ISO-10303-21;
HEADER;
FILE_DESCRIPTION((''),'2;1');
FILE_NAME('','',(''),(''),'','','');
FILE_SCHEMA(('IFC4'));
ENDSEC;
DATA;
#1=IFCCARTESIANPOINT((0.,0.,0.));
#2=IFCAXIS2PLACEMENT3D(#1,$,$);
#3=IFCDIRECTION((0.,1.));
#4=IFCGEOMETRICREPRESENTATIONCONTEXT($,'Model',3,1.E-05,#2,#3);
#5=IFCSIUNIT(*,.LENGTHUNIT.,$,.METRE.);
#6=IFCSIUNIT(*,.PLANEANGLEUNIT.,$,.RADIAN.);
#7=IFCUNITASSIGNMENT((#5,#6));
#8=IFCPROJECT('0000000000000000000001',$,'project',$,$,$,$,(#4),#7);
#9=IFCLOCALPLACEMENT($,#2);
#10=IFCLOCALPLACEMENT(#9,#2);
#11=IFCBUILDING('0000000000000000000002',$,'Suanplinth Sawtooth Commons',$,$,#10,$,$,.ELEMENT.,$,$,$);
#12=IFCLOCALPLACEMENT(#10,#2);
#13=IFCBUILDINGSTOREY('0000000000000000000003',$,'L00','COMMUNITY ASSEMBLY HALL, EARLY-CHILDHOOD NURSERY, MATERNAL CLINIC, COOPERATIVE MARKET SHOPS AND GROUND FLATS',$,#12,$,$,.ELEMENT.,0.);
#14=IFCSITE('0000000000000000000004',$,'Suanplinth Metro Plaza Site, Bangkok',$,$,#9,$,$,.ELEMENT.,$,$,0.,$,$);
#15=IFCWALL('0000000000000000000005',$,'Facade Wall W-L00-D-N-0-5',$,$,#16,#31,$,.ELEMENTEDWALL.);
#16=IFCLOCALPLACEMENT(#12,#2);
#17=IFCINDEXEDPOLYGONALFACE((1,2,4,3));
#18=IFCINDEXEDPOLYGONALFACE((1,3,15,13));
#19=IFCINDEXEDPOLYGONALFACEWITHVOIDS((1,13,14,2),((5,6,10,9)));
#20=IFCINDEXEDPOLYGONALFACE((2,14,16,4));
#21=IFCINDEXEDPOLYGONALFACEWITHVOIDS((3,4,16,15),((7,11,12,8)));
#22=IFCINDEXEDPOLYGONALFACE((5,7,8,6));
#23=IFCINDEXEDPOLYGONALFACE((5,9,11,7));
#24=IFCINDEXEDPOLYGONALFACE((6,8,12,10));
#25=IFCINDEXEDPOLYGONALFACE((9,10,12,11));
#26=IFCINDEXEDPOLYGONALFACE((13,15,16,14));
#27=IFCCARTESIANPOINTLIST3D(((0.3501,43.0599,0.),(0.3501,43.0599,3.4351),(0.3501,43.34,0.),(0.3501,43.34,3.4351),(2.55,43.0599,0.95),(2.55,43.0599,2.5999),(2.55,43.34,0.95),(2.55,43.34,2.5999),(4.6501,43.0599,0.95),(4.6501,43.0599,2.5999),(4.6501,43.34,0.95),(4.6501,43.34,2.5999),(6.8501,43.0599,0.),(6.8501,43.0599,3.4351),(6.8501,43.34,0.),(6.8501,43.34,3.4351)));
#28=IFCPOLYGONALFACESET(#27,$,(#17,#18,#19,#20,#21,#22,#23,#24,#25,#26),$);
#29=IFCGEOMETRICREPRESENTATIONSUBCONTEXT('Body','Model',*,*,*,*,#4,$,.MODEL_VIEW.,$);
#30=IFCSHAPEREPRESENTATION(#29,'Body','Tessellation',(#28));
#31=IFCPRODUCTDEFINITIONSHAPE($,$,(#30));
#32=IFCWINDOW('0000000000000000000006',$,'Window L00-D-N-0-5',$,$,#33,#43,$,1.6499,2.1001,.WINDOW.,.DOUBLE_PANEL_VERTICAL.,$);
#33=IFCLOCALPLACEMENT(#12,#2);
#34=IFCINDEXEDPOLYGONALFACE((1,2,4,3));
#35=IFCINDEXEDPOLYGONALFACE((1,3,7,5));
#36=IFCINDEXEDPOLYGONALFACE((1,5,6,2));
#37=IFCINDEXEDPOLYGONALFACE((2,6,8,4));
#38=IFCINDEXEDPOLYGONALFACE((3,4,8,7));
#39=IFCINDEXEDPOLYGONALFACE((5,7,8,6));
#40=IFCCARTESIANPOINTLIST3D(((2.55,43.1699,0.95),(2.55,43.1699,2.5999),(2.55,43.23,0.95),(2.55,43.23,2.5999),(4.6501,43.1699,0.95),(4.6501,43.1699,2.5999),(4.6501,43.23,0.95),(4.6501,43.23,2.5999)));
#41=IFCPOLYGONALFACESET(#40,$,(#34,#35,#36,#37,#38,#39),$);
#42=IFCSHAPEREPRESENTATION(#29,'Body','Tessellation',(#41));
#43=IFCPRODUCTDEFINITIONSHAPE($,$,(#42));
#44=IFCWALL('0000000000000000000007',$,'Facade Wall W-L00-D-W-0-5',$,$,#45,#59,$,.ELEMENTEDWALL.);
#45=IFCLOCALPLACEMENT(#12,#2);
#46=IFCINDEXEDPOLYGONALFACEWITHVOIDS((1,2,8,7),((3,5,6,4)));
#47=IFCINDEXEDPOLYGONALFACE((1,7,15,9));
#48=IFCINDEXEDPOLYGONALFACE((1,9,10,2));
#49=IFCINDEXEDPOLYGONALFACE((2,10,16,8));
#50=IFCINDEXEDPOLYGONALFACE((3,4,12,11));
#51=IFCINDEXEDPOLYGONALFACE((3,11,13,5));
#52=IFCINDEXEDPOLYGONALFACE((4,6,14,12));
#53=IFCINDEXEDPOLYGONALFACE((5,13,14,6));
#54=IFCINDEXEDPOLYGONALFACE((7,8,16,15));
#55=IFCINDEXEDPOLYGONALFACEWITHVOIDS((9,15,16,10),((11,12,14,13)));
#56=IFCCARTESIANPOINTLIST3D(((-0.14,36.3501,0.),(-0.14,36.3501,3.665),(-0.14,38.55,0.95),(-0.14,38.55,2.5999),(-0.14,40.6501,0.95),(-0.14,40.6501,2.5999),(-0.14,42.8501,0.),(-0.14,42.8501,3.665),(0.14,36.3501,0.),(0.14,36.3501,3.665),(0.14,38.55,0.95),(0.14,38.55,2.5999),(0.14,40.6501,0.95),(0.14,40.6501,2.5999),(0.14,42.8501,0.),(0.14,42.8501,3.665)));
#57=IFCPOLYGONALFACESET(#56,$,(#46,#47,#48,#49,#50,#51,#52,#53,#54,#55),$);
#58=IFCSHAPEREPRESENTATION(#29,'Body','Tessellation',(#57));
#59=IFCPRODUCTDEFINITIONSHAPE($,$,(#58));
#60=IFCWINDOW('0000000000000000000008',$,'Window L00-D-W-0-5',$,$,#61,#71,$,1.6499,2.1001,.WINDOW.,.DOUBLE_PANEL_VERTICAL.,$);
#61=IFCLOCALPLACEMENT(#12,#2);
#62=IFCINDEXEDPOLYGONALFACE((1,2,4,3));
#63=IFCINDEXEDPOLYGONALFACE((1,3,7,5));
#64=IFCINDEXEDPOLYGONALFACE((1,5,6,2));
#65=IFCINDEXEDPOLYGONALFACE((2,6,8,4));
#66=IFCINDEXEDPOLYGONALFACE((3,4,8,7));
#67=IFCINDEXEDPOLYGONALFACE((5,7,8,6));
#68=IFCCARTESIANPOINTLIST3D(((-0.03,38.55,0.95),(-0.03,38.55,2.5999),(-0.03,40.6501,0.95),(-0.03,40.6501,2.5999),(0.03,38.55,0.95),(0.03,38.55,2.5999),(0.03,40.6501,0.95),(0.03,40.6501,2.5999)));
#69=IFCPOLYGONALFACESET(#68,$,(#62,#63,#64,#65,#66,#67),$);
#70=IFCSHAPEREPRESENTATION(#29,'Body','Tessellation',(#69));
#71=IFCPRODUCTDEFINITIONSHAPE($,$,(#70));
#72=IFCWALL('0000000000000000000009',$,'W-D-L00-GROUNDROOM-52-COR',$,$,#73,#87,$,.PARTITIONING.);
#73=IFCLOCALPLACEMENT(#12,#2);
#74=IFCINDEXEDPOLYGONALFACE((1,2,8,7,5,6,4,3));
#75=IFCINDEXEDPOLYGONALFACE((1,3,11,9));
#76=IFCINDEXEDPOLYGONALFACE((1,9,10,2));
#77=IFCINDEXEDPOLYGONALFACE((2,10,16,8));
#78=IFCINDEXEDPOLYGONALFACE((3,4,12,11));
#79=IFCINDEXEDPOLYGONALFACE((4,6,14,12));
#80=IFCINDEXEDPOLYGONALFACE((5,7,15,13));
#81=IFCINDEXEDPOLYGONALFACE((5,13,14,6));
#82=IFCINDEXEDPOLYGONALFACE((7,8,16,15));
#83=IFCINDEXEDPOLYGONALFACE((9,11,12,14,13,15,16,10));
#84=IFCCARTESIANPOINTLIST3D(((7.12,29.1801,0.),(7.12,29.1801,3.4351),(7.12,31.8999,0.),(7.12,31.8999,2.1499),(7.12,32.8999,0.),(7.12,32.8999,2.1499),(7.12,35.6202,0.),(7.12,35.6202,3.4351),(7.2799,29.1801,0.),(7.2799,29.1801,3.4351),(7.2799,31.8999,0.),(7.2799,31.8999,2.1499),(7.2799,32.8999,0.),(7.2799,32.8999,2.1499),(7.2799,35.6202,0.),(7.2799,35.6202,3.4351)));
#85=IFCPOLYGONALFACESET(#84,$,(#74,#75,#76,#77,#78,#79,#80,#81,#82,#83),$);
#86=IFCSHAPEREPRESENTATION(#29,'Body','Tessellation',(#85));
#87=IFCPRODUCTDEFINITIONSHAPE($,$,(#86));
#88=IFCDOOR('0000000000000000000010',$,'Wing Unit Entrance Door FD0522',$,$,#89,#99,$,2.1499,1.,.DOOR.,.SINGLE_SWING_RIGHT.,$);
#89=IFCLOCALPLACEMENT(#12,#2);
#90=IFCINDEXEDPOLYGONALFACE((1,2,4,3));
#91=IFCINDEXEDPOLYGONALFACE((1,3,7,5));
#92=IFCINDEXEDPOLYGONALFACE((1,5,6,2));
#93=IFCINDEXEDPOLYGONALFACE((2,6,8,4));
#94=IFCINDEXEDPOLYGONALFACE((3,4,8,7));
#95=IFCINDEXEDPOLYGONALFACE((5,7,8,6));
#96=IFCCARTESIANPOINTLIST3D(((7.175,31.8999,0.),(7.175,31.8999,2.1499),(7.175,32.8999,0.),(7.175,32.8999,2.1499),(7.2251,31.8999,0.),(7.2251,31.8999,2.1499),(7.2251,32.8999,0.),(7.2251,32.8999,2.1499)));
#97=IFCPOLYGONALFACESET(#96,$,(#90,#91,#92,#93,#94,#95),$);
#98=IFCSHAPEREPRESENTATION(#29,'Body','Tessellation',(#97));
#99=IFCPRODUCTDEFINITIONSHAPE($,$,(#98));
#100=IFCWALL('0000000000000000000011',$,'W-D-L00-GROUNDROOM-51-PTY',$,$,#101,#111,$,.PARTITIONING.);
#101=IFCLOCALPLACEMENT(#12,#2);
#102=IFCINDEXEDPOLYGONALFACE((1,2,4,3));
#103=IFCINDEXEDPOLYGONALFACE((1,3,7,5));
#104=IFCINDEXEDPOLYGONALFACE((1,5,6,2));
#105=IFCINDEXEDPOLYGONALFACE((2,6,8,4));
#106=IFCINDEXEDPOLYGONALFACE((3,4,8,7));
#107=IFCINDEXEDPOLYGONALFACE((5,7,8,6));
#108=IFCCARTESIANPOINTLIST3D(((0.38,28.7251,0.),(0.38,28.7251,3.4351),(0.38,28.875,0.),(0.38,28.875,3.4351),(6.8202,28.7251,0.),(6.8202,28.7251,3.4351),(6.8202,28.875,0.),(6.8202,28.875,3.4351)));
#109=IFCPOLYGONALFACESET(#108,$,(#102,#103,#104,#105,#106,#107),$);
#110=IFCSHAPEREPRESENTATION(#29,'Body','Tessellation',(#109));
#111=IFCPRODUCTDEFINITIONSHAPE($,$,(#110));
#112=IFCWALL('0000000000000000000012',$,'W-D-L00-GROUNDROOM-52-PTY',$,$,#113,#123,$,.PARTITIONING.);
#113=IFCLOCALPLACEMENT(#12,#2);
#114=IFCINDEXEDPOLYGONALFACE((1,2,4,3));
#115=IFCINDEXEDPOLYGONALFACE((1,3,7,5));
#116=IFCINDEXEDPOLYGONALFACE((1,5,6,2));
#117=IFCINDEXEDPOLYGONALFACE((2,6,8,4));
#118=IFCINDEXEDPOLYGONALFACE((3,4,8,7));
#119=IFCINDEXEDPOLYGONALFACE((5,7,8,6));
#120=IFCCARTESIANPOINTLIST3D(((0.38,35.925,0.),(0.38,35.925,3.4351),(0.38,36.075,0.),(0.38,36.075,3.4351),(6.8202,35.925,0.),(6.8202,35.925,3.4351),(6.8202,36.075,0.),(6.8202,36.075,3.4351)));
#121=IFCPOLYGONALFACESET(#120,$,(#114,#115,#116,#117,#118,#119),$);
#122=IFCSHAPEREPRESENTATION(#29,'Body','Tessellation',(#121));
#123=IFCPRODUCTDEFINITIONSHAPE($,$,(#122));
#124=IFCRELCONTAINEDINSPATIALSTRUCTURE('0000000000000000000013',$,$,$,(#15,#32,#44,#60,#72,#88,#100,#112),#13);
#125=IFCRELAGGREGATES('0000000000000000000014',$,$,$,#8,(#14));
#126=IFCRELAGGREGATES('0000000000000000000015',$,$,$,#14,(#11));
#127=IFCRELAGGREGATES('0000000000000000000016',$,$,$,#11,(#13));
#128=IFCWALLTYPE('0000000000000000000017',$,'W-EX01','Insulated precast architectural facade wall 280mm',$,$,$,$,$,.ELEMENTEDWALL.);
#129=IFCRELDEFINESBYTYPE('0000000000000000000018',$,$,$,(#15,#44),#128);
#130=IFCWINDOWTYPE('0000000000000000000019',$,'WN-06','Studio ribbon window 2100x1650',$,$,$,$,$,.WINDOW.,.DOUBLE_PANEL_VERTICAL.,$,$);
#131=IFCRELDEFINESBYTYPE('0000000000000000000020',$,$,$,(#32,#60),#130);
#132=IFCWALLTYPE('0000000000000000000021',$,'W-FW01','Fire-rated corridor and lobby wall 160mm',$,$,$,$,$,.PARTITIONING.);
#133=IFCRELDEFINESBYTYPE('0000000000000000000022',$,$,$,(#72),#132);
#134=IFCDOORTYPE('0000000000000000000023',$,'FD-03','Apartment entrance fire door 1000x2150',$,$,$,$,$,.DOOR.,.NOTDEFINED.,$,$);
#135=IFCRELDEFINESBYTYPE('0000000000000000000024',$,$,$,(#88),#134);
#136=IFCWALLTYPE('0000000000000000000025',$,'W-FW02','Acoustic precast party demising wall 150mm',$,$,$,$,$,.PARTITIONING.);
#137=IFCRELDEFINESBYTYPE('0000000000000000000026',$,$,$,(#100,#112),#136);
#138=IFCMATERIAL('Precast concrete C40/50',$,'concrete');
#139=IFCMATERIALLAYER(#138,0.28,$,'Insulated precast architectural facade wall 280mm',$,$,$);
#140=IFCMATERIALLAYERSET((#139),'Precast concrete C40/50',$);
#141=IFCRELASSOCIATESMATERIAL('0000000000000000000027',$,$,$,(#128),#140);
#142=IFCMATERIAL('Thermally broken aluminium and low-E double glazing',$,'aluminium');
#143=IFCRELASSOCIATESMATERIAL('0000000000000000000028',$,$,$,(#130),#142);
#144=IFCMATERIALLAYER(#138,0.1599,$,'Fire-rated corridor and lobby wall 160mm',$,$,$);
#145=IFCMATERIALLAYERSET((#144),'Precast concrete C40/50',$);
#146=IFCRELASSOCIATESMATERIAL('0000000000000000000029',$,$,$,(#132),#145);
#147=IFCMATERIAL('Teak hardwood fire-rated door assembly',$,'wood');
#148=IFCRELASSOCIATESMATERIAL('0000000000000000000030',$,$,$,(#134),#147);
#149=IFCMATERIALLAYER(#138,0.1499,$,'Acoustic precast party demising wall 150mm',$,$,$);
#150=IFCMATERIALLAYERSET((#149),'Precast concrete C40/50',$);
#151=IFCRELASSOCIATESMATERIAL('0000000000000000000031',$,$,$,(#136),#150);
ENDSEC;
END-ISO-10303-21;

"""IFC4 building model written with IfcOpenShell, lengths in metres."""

from ifc_helpers import new_model, si_unit, direction, frame, frame_2d, origin, place, context, subcontext, project, spatial, rectangle, extrude, material, layer, layer_set, type_object, element, fill, save


model = new_model("IFC4")

# Units and contexts
model_context = context("Model", 3, precision=1e-05, world=origin(), true_north=direction((0.0, 1.0)))
body_context = subcontext(model_context, "Body", "Model", "MODEL_VIEW")
ifc_project = project(units=[si_unit("LENGTHUNIT", "METRE"), si_unit("PLANEANGLEUNIT", "RADIAN")], contexts=[model_context])

# Site, building, storey
site_placement = place(None, origin())
site = spatial("IfcSite", under=ifc_project, at=site_placement, Name="Suanplinth Metro Plaza Site, Bangkok", CompositionType="ELEMENT", RefElevation=0.0)
building_placement = place(site_placement, origin())
building = spatial("IfcBuilding", under=site, at=building_placement, Name="Suanplinth Sawtooth Commons", CompositionType="ELEMENT")
storey_placement = place(building_placement, origin())
storey = spatial("IfcBuildingStorey", under=building, at=storey_placement, Name="L00", Description="COMMUNITY ASSEMBLY HALL, EARLY-CHILDHOOD NURSERY, MATERNAL CLINIC, COOPERATIVE MARKET SHOPS AND GROUND FLATS", CompositionType="ELEMENT", Elevation=0.0)

# Shared definitions
ifc_material_1 = material(Name="Precast concrete C40/50", Category="concrete")

# Walls, openings, windows
ifc_layer_1 = layer(ifc_material_1, 0.28, Name="Insulated precast architectural facade wall 280mm")
ifc_layer_set_1 = layer_set([ifc_layer_1], Name="Precast concrete C40/50")
wall_type_1 = type_object("IfcWallType", Name="W-EX01", Description="Insulated precast architectural facade wall 280mm", PredefinedType="ELEMENTEDWALL", material=ifc_layer_set_1)
ifc_material_2 = material(Name="Thermally broken aluminium and low-E double glazing", Category="aluminium")
wall_1_placement = place(storey_placement, frame((0.3501, 43.2, 0.0), z_axis=(0.0, 0.0, 1.0), x_axis=(1.0, 0.0, 0.0)))
wall_1 = element("IfcWall", 1, at=wall_1_placement, inside=storey, type_object=wall_type_1, Name="Facade Wall W-L00-D-N-0-5", PredefinedType="ELEMENTEDWALL", context=body_context, shape_type="SweptSolid", body=[
    extrude(rectangle(XDim=6.5, YDim=0.28, at=frame_2d((3.25, 0.0))), origin(), (0.0, 0.0, 1.0), 3.4351),
])
opening_1_placement = place(wall_1_placement, frame((2.2, 0.0, 0.95)))
opening_1 = element("IfcOpeningElement", 2, at=opening_1_placement, cuts=wall_1, PredefinedType="OPENING", context=body_context, shape_type="SweptSolid", body=[
    extrude(rectangle(XDim=2.1001, YDim=1.6499, at=frame_2d((1.05, 0.825))), frame((0.0, 0.1548, 0.0), z_axis=(0.0, -1.0, 0.0), x_axis=(1.0, 0.0, 0.0)), (0.0, 0.0, 1.0), 0.3098),
])
window_type_1 = type_object("IfcWindowType", Name="WN-06", Description="Studio ribbon window 2100x1650", PartitioningType="DOUBLE_PANEL_VERTICAL", PredefinedType="WINDOW", material=ifc_material_2)
window_1_placement = place(opening_1_placement, origin())
window_1 = element("IfcWindow", 3, at=window_1_placement, inside=storey, type_object=window_type_1, Name="Window L00-D-N-0-5", OverallHeight=1.6499, OverallWidth=2.1001, PartitioningType="DOUBLE_PANEL_VERTICAL", PredefinedType="WINDOW", context=body_context, shape_type="SweptSolid", body=[
    extrude(rectangle(XDim=2.1001, YDim=1.6499, at=frame_2d((1.05, 0.825))), frame((0.0, 0.03, 0.0), z_axis=(0.0, -1.0, 0.0), x_axis=(1.0, 0.0, 0.0)), (0.0, 0.0, 1.0), 0.0601),
])
fill(opening_1, window_1)
wall_2_placement = place(storey_placement, frame((0.0, 36.3501, 0.0), z_axis=(0.0, 0.0, 1.0), x_axis=(0.0, 1.0, 0.0)))
wall_2 = element("IfcWall", 4, at=wall_2_placement, inside=storey, type_object=wall_type_1, Name="Facade Wall W-L00-D-W-0-5", PredefinedType="ELEMENTEDWALL", context=body_context, shape_type="SweptSolid", body=[
    extrude(rectangle(XDim=6.5, YDim=0.28, at=frame_2d((3.25, 0.0))), origin(), (0.0, 0.0, 1.0), 3.665),
])
opening_2_placement = place(wall_2_placement, frame((2.2, 0.0, 0.95)))
opening_2 = element("IfcOpeningElement", 5, at=opening_2_placement, cuts=wall_2, PredefinedType="OPENING", context=body_context, shape_type="SweptSolid", body=[
    extrude(rectangle(XDim=2.1001, YDim=1.6499, at=frame_2d((1.05, 0.825))), frame((0.0, 0.1548, 0.0), z_axis=(0.0, -1.0, 0.0), x_axis=(1.0, 0.0, 0.0)), (0.0, 0.0, 1.0), 0.3098),
])
window_2_placement = place(opening_2_placement, origin())
window_2 = element("IfcWindow", 6, at=window_2_placement, inside=storey, type_object=window_type_1, Name="Window L00-D-W-0-5", OverallHeight=1.6499, OverallWidth=2.1001, PartitioningType="DOUBLE_PANEL_VERTICAL", PredefinedType="WINDOW", context=body_context, shape_type="SweptSolid", body=[
    extrude(rectangle(XDim=2.1001, YDim=1.6499, at=frame_2d((1.05, 0.825))), frame((0.0, 0.03, 0.0), z_axis=(0.0, -1.0, 0.0), x_axis=(1.0, 0.0, 0.0)), (0.0, 0.0, 1.0), 0.0601),
])
fill(opening_2, window_2)

# Wall, opening, door
ifc_layer_2 = layer(ifc_material_1, 0.1599, Name="Fire-rated corridor and lobby wall 160mm")
ifc_layer_set_2 = layer_set([ifc_layer_2], Name="Precast concrete C40/50")
wall_type_2 = type_object("IfcWallType", Name="W-FW01", Description="Fire-rated corridor and lobby wall 160mm", PredefinedType="PARTITIONING", material=ifc_layer_set_2)
wall_3_placement = place(storey_placement, frame((7.2, 29.1799, 0.0), z_axis=(0.0, 0.0, 1.0), x_axis=(0.0, 1.0, 0.0)))
wall_3 = element("IfcWall", 7, at=wall_3_placement, inside=storey, type_object=wall_type_2, Name="W-D-L00-GROUNDROOM-52-COR", PredefinedType="PARTITIONING", context=body_context, shape_type="SweptSolid", body=[
    extrude(rectangle(XDim=6.4402, YDim=0.1599, at=frame_2d((3.2202, 0.0))), origin(), (0.0, 0.0, 1.0), 3.4351),
])
opening_3_placement = place(wall_3_placement, frame((2.72, 0.0, 0.0)))
opening_3 = element("IfcOpeningElement", 8, at=opening_3_placement, cuts=wall_3, PredefinedType="OPENING", context=body_context, shape_type="SweptSolid", body=[
    extrude(rectangle(XDim=1.0, YDim=2.1499, at=frame_2d((0.5, 1.075))), frame((0.0, 0.0947, 0.0), z_axis=(0.0, -1.0, 0.0), x_axis=(1.0, 0.0, 0.0)), (0.0, 0.0, 1.0), 0.1897),
])
ifc_material_3 = material(Name="Teak hardwood fire-rated door assembly", Category="wood")
door_type = type_object("IfcDoorType", Name="FD-03", Description="Apartment entrance fire door 1000x2150", OperationType="NOTDEFINED", PredefinedType="DOOR", material=ifc_material_3)
door_placement = place(opening_3_placement, origin())
door = element("IfcDoor", 9, at=door_placement, inside=storey, type_object=door_type, Name="Wing Unit Entrance Door FD0522", OperationType="SINGLE_SWING_RIGHT", OverallHeight=2.1499, OverallWidth=1.0, PredefinedType="DOOR", context=body_context, shape_type="SweptSolid", body=[
    extrude(rectangle(XDim=1.0, YDim=2.1499, at=frame_2d((0.5, 1.075))), frame((0.0, 0.0249, 0.0), z_axis=(0.0, -1.0, 0.0), x_axis=(1.0, 0.0, 0.0)), (0.0, 0.0, 1.0), 0.05),
])
fill(opening_3, door)

# Walls
ifc_layer_3 = layer(ifc_material_1, 0.1499, Name="Acoustic precast party demising wall 150mm")
ifc_layer_set_3 = layer_set([ifc_layer_3], Name="Precast concrete C40/50")
wall_type_3 = type_object("IfcWallType", Name="W-FW02", Description="Acoustic precast party demising wall 150mm", PredefinedType="PARTITIONING", material=ifc_layer_set_3)
for number, where, z_axis, x_axis, name in (
    (10, (0.3799, 28.8, 0.0), (0.0, 0.0, 1.0), (1.0, 0.0, 0.0), "W-D-L00-GROUNDROOM-51-PTY"),
    (11, (0.3799, 36.0, 0.0), (0.0, 0.0, 1.0), (1.0, 0.0, 0.0), "W-D-L00-GROUNDROOM-52-PTY"),
):
    element("IfcWall", number, at=place(storey_placement, frame(where, z_axis=z_axis, x_axis=x_axis)), inside=storey, type_object=wall_type_3, Name=name, PredefinedType="PARTITIONING", context=body_context, shape_type="SweptSolid", body=[
        extrude(rectangle(XDim=6.4402, YDim=0.1499, at=frame_2d((3.2202, 0.0))), origin(), (0.0, 0.0, 1.0), 3.4351),
    ])

save(model, "model.ifc")
